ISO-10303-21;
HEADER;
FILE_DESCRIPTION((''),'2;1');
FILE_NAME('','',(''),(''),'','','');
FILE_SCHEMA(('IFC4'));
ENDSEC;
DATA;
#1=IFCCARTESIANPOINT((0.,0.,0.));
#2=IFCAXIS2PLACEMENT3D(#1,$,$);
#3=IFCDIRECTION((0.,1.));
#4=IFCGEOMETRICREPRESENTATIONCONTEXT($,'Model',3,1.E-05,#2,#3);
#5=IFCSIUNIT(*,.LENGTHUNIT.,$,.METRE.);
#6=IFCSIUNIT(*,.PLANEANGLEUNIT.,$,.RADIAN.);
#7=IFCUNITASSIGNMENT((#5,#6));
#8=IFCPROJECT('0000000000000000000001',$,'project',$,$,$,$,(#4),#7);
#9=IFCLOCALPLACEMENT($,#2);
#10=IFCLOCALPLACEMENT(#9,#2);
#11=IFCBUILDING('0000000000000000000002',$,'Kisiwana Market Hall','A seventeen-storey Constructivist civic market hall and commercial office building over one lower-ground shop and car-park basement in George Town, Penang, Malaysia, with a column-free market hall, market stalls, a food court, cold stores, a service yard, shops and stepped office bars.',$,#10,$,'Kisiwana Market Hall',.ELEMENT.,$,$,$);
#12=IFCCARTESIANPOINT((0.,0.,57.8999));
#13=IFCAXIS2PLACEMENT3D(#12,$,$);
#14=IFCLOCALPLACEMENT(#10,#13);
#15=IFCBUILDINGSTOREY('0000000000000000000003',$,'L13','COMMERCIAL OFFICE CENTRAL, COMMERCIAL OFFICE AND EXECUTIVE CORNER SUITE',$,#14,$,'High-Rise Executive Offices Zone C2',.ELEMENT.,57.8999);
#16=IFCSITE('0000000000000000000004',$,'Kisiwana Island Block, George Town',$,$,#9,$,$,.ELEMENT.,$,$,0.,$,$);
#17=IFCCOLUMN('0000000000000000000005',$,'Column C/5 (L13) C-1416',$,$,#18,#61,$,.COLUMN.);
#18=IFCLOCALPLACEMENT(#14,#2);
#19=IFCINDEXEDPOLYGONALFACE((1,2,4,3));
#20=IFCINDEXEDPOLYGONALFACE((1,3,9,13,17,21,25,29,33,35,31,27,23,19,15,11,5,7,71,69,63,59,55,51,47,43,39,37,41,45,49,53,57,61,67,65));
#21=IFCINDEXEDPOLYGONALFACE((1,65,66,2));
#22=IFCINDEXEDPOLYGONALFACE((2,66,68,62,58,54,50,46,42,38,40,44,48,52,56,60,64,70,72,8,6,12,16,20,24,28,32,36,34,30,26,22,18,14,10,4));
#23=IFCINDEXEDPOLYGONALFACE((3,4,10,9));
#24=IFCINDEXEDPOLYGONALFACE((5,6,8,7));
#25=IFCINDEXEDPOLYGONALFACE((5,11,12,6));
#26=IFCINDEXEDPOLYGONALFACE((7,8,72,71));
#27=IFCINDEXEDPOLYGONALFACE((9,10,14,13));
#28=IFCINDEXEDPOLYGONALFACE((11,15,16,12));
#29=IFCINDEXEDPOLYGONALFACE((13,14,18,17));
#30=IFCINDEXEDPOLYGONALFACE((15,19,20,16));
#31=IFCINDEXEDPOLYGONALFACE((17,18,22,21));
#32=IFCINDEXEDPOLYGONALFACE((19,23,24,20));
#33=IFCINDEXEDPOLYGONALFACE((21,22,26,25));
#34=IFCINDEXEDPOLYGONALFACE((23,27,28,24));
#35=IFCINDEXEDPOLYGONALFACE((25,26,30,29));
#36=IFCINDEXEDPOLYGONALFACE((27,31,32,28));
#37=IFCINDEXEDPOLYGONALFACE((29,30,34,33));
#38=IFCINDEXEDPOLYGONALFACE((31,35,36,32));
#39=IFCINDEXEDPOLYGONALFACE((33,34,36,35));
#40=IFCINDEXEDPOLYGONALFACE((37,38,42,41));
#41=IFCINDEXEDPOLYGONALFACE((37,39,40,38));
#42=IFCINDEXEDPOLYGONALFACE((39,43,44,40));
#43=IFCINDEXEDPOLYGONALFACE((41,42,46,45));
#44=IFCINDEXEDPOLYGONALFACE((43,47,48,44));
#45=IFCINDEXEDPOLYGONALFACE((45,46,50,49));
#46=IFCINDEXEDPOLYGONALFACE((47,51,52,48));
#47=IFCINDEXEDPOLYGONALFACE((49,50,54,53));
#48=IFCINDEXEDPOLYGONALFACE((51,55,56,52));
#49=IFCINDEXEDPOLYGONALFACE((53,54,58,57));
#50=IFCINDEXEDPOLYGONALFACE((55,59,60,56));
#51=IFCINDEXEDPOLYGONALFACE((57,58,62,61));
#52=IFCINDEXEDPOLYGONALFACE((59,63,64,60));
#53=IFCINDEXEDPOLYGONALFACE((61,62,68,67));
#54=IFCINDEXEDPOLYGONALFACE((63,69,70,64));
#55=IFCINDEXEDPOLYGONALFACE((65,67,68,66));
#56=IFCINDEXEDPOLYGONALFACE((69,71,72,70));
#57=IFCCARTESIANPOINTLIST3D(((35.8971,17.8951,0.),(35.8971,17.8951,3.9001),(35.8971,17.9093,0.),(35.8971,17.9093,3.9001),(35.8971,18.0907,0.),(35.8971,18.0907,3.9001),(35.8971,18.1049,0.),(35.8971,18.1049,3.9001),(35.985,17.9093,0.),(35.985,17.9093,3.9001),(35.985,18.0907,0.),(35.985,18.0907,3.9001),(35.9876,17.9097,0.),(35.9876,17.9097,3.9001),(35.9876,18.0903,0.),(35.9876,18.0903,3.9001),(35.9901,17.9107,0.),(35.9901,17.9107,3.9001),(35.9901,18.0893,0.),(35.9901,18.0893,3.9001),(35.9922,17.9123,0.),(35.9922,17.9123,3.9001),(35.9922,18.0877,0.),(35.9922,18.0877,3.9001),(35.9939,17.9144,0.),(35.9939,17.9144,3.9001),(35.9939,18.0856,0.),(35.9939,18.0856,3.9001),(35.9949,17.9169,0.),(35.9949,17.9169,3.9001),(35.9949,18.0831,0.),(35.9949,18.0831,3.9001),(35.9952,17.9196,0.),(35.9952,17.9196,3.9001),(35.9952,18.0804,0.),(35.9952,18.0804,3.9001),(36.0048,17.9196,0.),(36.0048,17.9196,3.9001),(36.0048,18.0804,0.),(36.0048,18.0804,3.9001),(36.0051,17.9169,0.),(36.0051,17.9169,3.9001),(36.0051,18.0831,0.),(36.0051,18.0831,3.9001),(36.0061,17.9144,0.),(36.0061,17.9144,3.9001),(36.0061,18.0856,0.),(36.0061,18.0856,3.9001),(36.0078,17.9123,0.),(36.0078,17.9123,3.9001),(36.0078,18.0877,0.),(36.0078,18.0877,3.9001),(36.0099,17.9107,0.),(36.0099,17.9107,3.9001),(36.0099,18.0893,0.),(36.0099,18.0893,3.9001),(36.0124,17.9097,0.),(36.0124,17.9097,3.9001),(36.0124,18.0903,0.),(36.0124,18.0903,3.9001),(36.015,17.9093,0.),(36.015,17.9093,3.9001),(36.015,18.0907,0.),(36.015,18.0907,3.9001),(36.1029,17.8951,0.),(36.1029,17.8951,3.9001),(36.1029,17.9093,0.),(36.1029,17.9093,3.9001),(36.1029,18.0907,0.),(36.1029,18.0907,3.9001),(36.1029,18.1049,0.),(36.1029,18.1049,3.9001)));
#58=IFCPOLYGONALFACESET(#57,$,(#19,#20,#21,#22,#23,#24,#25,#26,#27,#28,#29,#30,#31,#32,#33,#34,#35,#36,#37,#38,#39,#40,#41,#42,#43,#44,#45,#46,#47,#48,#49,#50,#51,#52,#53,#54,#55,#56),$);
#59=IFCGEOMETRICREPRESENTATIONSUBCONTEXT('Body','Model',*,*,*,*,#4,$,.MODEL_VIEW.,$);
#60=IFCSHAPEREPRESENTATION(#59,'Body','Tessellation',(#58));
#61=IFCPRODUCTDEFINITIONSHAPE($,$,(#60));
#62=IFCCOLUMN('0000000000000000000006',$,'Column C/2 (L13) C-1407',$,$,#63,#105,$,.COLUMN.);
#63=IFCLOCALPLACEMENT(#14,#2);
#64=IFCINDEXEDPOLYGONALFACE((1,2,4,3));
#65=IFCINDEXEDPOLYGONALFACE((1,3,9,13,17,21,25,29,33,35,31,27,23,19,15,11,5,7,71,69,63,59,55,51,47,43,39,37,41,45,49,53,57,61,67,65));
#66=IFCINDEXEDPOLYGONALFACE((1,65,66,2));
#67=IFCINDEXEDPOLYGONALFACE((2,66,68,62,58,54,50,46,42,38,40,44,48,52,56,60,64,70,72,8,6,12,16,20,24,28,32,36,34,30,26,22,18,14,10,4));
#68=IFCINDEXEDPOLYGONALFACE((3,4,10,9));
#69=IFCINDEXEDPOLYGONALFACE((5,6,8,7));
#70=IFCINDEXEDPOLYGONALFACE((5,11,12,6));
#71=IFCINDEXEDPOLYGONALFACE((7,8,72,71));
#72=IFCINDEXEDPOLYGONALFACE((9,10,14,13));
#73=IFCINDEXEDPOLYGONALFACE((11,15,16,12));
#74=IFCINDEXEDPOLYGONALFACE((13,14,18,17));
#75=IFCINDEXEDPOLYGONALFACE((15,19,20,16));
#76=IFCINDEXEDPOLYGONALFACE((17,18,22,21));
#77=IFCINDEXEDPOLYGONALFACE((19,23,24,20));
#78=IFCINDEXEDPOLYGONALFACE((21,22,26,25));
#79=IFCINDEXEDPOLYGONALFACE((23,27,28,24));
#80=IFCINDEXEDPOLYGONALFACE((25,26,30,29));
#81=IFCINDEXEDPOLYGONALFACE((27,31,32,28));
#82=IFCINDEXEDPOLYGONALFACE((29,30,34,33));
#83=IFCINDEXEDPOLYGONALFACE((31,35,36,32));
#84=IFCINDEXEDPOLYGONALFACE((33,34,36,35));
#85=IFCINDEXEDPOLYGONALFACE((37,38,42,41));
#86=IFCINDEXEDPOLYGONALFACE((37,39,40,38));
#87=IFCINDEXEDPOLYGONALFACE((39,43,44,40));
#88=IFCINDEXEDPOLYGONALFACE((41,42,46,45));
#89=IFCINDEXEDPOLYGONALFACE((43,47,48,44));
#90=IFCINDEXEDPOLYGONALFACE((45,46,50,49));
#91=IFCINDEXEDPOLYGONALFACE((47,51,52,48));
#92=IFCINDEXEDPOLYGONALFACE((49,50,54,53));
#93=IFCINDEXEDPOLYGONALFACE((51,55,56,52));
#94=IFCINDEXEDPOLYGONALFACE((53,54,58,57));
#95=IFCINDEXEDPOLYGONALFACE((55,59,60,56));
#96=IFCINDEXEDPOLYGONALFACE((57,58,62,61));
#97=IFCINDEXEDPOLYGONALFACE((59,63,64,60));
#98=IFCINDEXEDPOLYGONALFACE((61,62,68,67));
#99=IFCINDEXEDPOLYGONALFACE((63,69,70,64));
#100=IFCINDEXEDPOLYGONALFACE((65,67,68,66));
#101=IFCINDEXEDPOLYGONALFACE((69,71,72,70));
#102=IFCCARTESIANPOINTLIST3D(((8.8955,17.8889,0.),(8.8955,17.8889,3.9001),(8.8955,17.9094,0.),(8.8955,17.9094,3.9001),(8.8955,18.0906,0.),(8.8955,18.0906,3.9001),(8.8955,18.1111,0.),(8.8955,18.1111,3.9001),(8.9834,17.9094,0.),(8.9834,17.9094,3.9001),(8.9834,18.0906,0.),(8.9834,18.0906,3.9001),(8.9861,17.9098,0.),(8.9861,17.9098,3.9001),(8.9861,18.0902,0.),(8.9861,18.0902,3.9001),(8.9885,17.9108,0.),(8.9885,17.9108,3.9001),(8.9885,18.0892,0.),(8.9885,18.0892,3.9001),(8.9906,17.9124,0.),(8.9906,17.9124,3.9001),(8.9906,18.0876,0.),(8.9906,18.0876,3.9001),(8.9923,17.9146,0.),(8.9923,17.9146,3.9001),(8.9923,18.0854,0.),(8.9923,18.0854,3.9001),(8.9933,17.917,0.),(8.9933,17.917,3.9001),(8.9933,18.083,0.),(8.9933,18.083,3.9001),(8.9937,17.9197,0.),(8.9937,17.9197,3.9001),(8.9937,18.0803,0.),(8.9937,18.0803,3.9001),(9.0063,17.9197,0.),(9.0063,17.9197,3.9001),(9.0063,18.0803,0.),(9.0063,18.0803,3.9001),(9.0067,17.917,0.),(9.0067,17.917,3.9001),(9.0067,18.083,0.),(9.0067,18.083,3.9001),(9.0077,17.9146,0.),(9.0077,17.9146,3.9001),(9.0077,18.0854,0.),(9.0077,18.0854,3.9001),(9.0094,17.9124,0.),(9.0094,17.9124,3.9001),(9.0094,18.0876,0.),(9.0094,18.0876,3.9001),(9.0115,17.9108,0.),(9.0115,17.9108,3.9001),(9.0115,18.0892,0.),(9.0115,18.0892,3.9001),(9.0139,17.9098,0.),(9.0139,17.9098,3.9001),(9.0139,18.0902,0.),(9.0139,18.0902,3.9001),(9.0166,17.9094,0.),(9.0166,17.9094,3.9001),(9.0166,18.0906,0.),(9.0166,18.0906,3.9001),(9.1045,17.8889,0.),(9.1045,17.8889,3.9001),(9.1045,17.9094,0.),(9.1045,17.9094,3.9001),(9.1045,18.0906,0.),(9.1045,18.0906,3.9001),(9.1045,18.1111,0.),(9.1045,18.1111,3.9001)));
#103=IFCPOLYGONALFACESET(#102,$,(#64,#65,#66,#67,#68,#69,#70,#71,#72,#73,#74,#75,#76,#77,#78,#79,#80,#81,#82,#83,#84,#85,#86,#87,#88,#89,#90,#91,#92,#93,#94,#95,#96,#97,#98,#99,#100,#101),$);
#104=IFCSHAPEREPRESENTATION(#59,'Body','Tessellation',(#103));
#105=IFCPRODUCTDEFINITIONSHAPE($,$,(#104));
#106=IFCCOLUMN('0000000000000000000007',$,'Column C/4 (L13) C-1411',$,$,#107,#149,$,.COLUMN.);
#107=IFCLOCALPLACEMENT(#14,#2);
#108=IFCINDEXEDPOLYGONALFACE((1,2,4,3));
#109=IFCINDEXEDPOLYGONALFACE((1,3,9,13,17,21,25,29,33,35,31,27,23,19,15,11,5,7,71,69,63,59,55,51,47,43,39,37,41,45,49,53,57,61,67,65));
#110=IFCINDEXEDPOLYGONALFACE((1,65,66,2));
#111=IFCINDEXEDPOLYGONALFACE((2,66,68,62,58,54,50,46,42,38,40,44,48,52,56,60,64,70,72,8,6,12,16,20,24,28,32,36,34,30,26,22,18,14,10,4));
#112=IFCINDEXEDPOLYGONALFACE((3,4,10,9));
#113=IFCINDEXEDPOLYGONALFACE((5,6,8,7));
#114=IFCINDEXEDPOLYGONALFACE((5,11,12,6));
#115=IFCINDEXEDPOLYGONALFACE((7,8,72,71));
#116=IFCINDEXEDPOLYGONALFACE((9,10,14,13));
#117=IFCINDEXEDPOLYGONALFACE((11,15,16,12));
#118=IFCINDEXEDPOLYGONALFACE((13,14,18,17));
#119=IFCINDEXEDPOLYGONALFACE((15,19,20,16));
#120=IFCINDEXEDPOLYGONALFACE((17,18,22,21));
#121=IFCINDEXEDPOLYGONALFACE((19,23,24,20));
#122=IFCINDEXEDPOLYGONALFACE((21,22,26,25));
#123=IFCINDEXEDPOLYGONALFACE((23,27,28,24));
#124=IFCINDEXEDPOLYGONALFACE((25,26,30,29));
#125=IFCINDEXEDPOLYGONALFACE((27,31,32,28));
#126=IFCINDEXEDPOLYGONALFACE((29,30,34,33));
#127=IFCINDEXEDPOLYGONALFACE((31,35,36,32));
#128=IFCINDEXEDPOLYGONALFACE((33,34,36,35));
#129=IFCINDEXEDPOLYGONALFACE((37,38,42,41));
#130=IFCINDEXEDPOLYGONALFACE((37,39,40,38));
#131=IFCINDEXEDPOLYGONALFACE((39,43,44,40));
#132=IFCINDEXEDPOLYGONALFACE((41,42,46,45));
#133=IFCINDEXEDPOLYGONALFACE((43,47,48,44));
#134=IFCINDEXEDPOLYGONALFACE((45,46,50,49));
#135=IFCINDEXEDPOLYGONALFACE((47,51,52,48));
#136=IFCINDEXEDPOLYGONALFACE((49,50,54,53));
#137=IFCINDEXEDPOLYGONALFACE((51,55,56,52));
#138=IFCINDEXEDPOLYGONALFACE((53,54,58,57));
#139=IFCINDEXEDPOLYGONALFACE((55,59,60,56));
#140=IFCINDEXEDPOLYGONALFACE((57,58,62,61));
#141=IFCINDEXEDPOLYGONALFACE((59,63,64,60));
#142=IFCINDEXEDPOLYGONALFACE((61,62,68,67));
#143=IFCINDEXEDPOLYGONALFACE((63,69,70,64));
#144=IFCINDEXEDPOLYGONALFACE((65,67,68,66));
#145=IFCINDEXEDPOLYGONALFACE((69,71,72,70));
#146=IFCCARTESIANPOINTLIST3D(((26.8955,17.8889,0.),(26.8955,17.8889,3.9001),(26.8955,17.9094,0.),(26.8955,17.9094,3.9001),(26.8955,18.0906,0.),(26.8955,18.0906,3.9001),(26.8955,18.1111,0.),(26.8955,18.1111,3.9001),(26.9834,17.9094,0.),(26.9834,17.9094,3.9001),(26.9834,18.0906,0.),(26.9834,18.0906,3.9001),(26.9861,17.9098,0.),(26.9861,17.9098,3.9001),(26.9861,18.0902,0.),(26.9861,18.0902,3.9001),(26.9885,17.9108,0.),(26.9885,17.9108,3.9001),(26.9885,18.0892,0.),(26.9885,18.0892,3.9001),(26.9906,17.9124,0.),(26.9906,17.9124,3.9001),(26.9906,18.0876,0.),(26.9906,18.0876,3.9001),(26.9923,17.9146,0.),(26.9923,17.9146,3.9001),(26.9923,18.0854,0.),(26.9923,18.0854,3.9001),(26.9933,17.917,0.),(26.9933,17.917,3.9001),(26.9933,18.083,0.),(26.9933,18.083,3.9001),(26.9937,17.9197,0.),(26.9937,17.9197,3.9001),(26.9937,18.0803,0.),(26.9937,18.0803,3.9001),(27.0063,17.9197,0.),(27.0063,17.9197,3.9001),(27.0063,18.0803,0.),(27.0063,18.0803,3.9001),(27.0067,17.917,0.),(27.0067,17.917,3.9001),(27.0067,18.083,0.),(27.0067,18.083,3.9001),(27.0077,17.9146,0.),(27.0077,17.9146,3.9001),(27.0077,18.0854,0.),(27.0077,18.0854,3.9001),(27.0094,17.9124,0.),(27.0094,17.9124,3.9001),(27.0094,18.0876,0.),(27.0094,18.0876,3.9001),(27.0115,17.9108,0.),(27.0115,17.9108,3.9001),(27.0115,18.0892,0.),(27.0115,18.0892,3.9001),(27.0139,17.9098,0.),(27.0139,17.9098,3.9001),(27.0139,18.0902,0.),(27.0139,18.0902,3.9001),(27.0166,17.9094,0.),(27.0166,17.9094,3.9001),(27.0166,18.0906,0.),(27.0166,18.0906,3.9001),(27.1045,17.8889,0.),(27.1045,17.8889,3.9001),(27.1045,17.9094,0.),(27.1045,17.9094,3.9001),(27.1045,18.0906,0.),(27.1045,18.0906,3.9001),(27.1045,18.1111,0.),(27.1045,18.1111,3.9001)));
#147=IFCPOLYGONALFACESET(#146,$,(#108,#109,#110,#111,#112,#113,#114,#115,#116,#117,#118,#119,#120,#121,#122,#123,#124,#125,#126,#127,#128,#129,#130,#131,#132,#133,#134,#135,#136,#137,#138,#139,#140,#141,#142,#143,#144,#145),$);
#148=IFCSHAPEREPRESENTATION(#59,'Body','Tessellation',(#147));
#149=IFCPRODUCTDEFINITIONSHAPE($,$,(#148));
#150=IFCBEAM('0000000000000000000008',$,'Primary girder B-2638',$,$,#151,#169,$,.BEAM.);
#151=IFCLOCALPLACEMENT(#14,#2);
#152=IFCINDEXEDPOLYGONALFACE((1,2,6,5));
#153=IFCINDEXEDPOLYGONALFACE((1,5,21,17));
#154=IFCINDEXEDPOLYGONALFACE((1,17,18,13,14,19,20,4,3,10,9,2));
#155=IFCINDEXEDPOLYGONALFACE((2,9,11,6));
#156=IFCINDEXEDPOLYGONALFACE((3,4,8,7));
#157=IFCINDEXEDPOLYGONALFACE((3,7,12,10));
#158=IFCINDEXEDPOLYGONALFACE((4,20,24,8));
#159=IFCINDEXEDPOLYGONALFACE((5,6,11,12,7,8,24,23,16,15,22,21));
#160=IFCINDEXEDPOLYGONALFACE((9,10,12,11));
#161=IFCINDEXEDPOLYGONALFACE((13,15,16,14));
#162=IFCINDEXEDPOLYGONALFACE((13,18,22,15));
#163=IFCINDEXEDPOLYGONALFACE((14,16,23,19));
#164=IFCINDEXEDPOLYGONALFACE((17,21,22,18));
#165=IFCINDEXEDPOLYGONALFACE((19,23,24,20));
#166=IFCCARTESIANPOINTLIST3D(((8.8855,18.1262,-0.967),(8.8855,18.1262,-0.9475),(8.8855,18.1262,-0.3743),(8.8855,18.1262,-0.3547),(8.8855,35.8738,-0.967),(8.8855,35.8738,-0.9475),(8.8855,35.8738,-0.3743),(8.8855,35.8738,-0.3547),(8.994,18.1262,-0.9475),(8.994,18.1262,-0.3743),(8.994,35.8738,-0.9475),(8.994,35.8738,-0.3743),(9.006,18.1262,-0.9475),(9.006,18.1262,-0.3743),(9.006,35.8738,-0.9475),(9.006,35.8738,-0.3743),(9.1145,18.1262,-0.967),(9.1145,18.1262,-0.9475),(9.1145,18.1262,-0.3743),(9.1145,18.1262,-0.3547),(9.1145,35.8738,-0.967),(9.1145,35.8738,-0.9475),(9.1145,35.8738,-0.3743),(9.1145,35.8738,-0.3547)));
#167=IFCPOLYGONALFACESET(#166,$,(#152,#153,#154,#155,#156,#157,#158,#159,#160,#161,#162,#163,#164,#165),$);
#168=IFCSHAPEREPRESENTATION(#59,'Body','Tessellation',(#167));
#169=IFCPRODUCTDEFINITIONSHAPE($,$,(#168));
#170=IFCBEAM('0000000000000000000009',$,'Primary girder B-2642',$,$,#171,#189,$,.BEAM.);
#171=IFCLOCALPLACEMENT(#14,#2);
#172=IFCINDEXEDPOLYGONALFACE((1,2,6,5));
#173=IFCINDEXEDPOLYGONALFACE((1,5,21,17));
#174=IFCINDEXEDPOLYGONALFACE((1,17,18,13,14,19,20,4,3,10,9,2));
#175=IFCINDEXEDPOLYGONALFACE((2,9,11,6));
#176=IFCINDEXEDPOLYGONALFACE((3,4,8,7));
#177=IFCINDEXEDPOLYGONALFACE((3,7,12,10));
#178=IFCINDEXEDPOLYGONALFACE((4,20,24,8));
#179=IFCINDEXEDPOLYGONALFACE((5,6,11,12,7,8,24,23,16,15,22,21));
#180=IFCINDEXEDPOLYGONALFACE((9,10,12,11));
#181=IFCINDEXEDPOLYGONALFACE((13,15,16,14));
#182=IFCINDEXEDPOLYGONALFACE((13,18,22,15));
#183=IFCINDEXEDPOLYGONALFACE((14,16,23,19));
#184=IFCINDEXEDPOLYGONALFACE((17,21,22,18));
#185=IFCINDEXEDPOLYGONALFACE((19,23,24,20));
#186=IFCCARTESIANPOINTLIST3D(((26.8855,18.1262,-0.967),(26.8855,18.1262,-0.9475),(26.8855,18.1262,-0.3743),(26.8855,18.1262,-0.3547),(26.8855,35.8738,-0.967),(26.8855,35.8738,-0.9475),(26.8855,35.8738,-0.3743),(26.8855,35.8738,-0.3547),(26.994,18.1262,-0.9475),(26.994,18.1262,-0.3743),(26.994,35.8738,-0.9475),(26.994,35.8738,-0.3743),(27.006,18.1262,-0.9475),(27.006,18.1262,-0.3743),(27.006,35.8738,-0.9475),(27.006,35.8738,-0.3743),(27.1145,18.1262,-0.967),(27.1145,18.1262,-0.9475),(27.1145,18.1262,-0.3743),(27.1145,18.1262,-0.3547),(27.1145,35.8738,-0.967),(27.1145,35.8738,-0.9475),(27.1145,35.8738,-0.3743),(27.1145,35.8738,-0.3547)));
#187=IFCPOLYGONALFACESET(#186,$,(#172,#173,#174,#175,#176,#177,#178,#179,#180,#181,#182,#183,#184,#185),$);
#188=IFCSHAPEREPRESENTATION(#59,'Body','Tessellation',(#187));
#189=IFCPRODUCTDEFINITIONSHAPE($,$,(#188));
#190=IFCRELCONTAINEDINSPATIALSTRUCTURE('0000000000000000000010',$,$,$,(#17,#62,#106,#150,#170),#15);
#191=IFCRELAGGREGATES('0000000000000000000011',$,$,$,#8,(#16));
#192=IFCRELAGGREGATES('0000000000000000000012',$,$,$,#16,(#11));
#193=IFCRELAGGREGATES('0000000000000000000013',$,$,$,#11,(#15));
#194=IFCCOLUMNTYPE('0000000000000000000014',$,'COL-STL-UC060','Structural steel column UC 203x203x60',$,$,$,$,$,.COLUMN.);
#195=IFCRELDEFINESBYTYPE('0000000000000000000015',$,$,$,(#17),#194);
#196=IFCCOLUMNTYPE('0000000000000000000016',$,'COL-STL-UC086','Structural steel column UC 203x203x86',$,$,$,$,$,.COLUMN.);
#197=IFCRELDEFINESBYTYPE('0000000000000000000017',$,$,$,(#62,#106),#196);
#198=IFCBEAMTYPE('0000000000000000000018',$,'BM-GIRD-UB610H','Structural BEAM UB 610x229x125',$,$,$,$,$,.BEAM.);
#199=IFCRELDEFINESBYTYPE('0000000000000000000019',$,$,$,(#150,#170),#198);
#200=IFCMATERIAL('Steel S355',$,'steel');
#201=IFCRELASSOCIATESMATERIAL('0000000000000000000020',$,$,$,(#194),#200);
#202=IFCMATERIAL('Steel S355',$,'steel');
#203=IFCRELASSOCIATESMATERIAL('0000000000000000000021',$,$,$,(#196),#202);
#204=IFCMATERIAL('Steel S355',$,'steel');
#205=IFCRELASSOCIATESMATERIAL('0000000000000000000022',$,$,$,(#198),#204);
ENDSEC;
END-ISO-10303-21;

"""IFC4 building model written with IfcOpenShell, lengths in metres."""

from ifc_helpers import new_model, si_unit, direction, frame, origin, origin_2d, place, context, subcontext, project, spatial, i_section, extrude, material, material_profile, profile_set, type_object, element, save


model = new_model("IFC4")

# Units and contexts
model_context = context("Model", 3, precision=1e-05, world=origin(), true_north=direction((0.0, 1.0)))
body_context = subcontext(model_context, "Body", "Model", "MODEL_VIEW")
ifc_project = project(units=[si_unit("LENGTHUNIT", "METRE"), si_unit("PLANEANGLEUNIT", "RADIAN")], contexts=[model_context])

# Site, building, storey
site_placement = place(None, origin())
site = spatial("IfcSite", under=ifc_project, at=site_placement, Name="Kisiwana Island Block, George Town", CompositionType="ELEMENT", RefElevation=0.0)
building_placement = place(site_placement, origin())
building = spatial("IfcBuilding", under=site, at=building_placement, Name="Kisiwana Market Hall", Description="A seventeen-storey Constructivist civic market hall and commercial office building over one lower-ground shop and car-park basement in George Town, Penang, Malaysia, with a column-free market hall, market stalls, a food court, cold stores, a service yard, shops and stepped office bars.", LongName="Kisiwana Market Hall", CompositionType="ELEMENT")
storey_placement = place(building_placement, frame((0.0, 0.0, 57.8999)))
storey = spatial("IfcBuildingStorey", under=building, at=storey_placement, Name="L13", Description="COMMERCIAL OFFICE CENTRAL, COMMERCIAL OFFICE AND EXECUTIVE CORNER SUITE", LongName="High-Rise Executive Offices Zone C2", CompositionType="ELEMENT", Elevation=57.8999)

# Columns
ifc_material_1 = material(Name="Steel S355", Category="steel")
ifc_material_profile_1 = material_profile(ifc_material_1, i_section(OverallWidth=0.2058, OverallDepth=0.2097, WebThickness=0.0095, FlangeThickness=0.0142, FilletRadius=0.0103, at=origin_2d()), Name="UC 203x203x60")
ifc_profile_set_1 = profile_set([ifc_material_profile_1], Name="Steel S355")
column_type_1 = type_object("IfcColumnType", Name="COL-STL-UC060", Description="Structural steel column UC 203x203x60", PredefinedType="COLUMN", material=ifc_profile_set_1)
column_placement = place(storey_placement, frame((36.0, 18.0, 0.0), z_axis=(0.0, 0.0, 1.0), x_axis=(1.0, 0.0, 0.0)))
element("IfcColumn", 1, at=column_placement, inside=storey, type_object=column_type_1, Name="Column C/5 (L13) C-1416", PredefinedType="COLUMN", context=body_context, shape_type="SweptSolid", body=[
    extrude(i_section(OverallWidth=0.2058, OverallDepth=0.2097, WebThickness=0.0095, FlangeThickness=0.0142, FilletRadius=0.0103, at=origin_2d()), origin(), (0.0, 0.0, 1.0), 3.9001),
])
ifc_material_2 = material(Name="Steel S355", Category="steel")
ifc_material_profile_2 = material_profile(ifc_material_2, i_section(OverallWidth=0.209, OverallDepth=0.2222, WebThickness=0.0127, FlangeThickness=0.0205, FilletRadius=0.0103, at=origin_2d()), Name="UC 203x203x86")
ifc_profile_set_2 = profile_set([ifc_material_profile_2], Name="Steel S355")
column_type_2 = type_object("IfcColumnType", Name="COL-STL-UC086", Description="Structural steel column UC 203x203x86", PredefinedType="COLUMN", material=ifc_profile_set_2)
for number, where, z_axis, x_axis, name in (
    (2, (9.0, 18.0, 0.0), (0.0, 0.0, 1.0), (1.0, 0.0, 0.0), "Column C/2 (L13) C-1407"),
    (3, (27.0, 18.0, 0.0), (0.0, 0.0, 1.0), (1.0, 0.0, 0.0), "Column C/4 (L13) C-1411"),
):
    element("IfcColumn", number, at=place(storey_placement, frame(where, z_axis=z_axis, x_axis=x_axis)), inside=storey, type_object=column_type_2, Name=name, PredefinedType="COLUMN", context=body_context, shape_type="SweptSolid", body=[
        extrude(i_section(OverallWidth=0.209, OverallDepth=0.2222, WebThickness=0.0127, FlangeThickness=0.0205, FilletRadius=0.0103, at=origin_2d()), origin(), (0.0, 0.0, 1.0), 3.9001),
    ])

# Beams
ifc_material_3 = material(Name="Steel S355", Category="steel")
ifc_material_profile_3 = material_profile(ifc_material_3, i_section(OverallWidth=0.229, OverallDepth=0.6123, WebThickness=0.012, FlangeThickness=0.0195, at=origin_2d()), Name="UB 610x229x125")
ifc_profile_set_3 = profile_set([ifc_material_profile_3], Name="Steel S355")
beam_type_1 = type_object("IfcBeamType", Name="BM-GIRD-UB610H", Description="Structural BEAM UB 610x229x125", PredefinedType="BEAM", material=ifc_profile_set_3)
for number, where, z_axis, x_axis, name in (
    (4, (9.0, 18.1262, -0.6609), (0.0, 1.0, 0.0), (-1.0, 0.0, 0.0), "Primary girder B-2638"),
    (5, (27.0, 18.1262, -0.6609), (0.0, 1.0, 0.0), (-1.0, 0.0, 0.0), "Primary girder B-2642"),
):
    element("IfcBeam", number, at=place(storey_placement, frame(where, z_axis=z_axis, x_axis=x_axis)), inside=storey, type_object=beam_type_1, Name=name, PredefinedType="BEAM", context=body_context, shape_type="SweptSolid", body=[
        extrude(i_section(OverallWidth=0.229, OverallDepth=0.6123, WebThickness=0.012, FlangeThickness=0.0195, at=origin_2d()), origin(), (0.0, 0.0, 1.0), 17.7476),
    ])

save(model, "model.ifc")
